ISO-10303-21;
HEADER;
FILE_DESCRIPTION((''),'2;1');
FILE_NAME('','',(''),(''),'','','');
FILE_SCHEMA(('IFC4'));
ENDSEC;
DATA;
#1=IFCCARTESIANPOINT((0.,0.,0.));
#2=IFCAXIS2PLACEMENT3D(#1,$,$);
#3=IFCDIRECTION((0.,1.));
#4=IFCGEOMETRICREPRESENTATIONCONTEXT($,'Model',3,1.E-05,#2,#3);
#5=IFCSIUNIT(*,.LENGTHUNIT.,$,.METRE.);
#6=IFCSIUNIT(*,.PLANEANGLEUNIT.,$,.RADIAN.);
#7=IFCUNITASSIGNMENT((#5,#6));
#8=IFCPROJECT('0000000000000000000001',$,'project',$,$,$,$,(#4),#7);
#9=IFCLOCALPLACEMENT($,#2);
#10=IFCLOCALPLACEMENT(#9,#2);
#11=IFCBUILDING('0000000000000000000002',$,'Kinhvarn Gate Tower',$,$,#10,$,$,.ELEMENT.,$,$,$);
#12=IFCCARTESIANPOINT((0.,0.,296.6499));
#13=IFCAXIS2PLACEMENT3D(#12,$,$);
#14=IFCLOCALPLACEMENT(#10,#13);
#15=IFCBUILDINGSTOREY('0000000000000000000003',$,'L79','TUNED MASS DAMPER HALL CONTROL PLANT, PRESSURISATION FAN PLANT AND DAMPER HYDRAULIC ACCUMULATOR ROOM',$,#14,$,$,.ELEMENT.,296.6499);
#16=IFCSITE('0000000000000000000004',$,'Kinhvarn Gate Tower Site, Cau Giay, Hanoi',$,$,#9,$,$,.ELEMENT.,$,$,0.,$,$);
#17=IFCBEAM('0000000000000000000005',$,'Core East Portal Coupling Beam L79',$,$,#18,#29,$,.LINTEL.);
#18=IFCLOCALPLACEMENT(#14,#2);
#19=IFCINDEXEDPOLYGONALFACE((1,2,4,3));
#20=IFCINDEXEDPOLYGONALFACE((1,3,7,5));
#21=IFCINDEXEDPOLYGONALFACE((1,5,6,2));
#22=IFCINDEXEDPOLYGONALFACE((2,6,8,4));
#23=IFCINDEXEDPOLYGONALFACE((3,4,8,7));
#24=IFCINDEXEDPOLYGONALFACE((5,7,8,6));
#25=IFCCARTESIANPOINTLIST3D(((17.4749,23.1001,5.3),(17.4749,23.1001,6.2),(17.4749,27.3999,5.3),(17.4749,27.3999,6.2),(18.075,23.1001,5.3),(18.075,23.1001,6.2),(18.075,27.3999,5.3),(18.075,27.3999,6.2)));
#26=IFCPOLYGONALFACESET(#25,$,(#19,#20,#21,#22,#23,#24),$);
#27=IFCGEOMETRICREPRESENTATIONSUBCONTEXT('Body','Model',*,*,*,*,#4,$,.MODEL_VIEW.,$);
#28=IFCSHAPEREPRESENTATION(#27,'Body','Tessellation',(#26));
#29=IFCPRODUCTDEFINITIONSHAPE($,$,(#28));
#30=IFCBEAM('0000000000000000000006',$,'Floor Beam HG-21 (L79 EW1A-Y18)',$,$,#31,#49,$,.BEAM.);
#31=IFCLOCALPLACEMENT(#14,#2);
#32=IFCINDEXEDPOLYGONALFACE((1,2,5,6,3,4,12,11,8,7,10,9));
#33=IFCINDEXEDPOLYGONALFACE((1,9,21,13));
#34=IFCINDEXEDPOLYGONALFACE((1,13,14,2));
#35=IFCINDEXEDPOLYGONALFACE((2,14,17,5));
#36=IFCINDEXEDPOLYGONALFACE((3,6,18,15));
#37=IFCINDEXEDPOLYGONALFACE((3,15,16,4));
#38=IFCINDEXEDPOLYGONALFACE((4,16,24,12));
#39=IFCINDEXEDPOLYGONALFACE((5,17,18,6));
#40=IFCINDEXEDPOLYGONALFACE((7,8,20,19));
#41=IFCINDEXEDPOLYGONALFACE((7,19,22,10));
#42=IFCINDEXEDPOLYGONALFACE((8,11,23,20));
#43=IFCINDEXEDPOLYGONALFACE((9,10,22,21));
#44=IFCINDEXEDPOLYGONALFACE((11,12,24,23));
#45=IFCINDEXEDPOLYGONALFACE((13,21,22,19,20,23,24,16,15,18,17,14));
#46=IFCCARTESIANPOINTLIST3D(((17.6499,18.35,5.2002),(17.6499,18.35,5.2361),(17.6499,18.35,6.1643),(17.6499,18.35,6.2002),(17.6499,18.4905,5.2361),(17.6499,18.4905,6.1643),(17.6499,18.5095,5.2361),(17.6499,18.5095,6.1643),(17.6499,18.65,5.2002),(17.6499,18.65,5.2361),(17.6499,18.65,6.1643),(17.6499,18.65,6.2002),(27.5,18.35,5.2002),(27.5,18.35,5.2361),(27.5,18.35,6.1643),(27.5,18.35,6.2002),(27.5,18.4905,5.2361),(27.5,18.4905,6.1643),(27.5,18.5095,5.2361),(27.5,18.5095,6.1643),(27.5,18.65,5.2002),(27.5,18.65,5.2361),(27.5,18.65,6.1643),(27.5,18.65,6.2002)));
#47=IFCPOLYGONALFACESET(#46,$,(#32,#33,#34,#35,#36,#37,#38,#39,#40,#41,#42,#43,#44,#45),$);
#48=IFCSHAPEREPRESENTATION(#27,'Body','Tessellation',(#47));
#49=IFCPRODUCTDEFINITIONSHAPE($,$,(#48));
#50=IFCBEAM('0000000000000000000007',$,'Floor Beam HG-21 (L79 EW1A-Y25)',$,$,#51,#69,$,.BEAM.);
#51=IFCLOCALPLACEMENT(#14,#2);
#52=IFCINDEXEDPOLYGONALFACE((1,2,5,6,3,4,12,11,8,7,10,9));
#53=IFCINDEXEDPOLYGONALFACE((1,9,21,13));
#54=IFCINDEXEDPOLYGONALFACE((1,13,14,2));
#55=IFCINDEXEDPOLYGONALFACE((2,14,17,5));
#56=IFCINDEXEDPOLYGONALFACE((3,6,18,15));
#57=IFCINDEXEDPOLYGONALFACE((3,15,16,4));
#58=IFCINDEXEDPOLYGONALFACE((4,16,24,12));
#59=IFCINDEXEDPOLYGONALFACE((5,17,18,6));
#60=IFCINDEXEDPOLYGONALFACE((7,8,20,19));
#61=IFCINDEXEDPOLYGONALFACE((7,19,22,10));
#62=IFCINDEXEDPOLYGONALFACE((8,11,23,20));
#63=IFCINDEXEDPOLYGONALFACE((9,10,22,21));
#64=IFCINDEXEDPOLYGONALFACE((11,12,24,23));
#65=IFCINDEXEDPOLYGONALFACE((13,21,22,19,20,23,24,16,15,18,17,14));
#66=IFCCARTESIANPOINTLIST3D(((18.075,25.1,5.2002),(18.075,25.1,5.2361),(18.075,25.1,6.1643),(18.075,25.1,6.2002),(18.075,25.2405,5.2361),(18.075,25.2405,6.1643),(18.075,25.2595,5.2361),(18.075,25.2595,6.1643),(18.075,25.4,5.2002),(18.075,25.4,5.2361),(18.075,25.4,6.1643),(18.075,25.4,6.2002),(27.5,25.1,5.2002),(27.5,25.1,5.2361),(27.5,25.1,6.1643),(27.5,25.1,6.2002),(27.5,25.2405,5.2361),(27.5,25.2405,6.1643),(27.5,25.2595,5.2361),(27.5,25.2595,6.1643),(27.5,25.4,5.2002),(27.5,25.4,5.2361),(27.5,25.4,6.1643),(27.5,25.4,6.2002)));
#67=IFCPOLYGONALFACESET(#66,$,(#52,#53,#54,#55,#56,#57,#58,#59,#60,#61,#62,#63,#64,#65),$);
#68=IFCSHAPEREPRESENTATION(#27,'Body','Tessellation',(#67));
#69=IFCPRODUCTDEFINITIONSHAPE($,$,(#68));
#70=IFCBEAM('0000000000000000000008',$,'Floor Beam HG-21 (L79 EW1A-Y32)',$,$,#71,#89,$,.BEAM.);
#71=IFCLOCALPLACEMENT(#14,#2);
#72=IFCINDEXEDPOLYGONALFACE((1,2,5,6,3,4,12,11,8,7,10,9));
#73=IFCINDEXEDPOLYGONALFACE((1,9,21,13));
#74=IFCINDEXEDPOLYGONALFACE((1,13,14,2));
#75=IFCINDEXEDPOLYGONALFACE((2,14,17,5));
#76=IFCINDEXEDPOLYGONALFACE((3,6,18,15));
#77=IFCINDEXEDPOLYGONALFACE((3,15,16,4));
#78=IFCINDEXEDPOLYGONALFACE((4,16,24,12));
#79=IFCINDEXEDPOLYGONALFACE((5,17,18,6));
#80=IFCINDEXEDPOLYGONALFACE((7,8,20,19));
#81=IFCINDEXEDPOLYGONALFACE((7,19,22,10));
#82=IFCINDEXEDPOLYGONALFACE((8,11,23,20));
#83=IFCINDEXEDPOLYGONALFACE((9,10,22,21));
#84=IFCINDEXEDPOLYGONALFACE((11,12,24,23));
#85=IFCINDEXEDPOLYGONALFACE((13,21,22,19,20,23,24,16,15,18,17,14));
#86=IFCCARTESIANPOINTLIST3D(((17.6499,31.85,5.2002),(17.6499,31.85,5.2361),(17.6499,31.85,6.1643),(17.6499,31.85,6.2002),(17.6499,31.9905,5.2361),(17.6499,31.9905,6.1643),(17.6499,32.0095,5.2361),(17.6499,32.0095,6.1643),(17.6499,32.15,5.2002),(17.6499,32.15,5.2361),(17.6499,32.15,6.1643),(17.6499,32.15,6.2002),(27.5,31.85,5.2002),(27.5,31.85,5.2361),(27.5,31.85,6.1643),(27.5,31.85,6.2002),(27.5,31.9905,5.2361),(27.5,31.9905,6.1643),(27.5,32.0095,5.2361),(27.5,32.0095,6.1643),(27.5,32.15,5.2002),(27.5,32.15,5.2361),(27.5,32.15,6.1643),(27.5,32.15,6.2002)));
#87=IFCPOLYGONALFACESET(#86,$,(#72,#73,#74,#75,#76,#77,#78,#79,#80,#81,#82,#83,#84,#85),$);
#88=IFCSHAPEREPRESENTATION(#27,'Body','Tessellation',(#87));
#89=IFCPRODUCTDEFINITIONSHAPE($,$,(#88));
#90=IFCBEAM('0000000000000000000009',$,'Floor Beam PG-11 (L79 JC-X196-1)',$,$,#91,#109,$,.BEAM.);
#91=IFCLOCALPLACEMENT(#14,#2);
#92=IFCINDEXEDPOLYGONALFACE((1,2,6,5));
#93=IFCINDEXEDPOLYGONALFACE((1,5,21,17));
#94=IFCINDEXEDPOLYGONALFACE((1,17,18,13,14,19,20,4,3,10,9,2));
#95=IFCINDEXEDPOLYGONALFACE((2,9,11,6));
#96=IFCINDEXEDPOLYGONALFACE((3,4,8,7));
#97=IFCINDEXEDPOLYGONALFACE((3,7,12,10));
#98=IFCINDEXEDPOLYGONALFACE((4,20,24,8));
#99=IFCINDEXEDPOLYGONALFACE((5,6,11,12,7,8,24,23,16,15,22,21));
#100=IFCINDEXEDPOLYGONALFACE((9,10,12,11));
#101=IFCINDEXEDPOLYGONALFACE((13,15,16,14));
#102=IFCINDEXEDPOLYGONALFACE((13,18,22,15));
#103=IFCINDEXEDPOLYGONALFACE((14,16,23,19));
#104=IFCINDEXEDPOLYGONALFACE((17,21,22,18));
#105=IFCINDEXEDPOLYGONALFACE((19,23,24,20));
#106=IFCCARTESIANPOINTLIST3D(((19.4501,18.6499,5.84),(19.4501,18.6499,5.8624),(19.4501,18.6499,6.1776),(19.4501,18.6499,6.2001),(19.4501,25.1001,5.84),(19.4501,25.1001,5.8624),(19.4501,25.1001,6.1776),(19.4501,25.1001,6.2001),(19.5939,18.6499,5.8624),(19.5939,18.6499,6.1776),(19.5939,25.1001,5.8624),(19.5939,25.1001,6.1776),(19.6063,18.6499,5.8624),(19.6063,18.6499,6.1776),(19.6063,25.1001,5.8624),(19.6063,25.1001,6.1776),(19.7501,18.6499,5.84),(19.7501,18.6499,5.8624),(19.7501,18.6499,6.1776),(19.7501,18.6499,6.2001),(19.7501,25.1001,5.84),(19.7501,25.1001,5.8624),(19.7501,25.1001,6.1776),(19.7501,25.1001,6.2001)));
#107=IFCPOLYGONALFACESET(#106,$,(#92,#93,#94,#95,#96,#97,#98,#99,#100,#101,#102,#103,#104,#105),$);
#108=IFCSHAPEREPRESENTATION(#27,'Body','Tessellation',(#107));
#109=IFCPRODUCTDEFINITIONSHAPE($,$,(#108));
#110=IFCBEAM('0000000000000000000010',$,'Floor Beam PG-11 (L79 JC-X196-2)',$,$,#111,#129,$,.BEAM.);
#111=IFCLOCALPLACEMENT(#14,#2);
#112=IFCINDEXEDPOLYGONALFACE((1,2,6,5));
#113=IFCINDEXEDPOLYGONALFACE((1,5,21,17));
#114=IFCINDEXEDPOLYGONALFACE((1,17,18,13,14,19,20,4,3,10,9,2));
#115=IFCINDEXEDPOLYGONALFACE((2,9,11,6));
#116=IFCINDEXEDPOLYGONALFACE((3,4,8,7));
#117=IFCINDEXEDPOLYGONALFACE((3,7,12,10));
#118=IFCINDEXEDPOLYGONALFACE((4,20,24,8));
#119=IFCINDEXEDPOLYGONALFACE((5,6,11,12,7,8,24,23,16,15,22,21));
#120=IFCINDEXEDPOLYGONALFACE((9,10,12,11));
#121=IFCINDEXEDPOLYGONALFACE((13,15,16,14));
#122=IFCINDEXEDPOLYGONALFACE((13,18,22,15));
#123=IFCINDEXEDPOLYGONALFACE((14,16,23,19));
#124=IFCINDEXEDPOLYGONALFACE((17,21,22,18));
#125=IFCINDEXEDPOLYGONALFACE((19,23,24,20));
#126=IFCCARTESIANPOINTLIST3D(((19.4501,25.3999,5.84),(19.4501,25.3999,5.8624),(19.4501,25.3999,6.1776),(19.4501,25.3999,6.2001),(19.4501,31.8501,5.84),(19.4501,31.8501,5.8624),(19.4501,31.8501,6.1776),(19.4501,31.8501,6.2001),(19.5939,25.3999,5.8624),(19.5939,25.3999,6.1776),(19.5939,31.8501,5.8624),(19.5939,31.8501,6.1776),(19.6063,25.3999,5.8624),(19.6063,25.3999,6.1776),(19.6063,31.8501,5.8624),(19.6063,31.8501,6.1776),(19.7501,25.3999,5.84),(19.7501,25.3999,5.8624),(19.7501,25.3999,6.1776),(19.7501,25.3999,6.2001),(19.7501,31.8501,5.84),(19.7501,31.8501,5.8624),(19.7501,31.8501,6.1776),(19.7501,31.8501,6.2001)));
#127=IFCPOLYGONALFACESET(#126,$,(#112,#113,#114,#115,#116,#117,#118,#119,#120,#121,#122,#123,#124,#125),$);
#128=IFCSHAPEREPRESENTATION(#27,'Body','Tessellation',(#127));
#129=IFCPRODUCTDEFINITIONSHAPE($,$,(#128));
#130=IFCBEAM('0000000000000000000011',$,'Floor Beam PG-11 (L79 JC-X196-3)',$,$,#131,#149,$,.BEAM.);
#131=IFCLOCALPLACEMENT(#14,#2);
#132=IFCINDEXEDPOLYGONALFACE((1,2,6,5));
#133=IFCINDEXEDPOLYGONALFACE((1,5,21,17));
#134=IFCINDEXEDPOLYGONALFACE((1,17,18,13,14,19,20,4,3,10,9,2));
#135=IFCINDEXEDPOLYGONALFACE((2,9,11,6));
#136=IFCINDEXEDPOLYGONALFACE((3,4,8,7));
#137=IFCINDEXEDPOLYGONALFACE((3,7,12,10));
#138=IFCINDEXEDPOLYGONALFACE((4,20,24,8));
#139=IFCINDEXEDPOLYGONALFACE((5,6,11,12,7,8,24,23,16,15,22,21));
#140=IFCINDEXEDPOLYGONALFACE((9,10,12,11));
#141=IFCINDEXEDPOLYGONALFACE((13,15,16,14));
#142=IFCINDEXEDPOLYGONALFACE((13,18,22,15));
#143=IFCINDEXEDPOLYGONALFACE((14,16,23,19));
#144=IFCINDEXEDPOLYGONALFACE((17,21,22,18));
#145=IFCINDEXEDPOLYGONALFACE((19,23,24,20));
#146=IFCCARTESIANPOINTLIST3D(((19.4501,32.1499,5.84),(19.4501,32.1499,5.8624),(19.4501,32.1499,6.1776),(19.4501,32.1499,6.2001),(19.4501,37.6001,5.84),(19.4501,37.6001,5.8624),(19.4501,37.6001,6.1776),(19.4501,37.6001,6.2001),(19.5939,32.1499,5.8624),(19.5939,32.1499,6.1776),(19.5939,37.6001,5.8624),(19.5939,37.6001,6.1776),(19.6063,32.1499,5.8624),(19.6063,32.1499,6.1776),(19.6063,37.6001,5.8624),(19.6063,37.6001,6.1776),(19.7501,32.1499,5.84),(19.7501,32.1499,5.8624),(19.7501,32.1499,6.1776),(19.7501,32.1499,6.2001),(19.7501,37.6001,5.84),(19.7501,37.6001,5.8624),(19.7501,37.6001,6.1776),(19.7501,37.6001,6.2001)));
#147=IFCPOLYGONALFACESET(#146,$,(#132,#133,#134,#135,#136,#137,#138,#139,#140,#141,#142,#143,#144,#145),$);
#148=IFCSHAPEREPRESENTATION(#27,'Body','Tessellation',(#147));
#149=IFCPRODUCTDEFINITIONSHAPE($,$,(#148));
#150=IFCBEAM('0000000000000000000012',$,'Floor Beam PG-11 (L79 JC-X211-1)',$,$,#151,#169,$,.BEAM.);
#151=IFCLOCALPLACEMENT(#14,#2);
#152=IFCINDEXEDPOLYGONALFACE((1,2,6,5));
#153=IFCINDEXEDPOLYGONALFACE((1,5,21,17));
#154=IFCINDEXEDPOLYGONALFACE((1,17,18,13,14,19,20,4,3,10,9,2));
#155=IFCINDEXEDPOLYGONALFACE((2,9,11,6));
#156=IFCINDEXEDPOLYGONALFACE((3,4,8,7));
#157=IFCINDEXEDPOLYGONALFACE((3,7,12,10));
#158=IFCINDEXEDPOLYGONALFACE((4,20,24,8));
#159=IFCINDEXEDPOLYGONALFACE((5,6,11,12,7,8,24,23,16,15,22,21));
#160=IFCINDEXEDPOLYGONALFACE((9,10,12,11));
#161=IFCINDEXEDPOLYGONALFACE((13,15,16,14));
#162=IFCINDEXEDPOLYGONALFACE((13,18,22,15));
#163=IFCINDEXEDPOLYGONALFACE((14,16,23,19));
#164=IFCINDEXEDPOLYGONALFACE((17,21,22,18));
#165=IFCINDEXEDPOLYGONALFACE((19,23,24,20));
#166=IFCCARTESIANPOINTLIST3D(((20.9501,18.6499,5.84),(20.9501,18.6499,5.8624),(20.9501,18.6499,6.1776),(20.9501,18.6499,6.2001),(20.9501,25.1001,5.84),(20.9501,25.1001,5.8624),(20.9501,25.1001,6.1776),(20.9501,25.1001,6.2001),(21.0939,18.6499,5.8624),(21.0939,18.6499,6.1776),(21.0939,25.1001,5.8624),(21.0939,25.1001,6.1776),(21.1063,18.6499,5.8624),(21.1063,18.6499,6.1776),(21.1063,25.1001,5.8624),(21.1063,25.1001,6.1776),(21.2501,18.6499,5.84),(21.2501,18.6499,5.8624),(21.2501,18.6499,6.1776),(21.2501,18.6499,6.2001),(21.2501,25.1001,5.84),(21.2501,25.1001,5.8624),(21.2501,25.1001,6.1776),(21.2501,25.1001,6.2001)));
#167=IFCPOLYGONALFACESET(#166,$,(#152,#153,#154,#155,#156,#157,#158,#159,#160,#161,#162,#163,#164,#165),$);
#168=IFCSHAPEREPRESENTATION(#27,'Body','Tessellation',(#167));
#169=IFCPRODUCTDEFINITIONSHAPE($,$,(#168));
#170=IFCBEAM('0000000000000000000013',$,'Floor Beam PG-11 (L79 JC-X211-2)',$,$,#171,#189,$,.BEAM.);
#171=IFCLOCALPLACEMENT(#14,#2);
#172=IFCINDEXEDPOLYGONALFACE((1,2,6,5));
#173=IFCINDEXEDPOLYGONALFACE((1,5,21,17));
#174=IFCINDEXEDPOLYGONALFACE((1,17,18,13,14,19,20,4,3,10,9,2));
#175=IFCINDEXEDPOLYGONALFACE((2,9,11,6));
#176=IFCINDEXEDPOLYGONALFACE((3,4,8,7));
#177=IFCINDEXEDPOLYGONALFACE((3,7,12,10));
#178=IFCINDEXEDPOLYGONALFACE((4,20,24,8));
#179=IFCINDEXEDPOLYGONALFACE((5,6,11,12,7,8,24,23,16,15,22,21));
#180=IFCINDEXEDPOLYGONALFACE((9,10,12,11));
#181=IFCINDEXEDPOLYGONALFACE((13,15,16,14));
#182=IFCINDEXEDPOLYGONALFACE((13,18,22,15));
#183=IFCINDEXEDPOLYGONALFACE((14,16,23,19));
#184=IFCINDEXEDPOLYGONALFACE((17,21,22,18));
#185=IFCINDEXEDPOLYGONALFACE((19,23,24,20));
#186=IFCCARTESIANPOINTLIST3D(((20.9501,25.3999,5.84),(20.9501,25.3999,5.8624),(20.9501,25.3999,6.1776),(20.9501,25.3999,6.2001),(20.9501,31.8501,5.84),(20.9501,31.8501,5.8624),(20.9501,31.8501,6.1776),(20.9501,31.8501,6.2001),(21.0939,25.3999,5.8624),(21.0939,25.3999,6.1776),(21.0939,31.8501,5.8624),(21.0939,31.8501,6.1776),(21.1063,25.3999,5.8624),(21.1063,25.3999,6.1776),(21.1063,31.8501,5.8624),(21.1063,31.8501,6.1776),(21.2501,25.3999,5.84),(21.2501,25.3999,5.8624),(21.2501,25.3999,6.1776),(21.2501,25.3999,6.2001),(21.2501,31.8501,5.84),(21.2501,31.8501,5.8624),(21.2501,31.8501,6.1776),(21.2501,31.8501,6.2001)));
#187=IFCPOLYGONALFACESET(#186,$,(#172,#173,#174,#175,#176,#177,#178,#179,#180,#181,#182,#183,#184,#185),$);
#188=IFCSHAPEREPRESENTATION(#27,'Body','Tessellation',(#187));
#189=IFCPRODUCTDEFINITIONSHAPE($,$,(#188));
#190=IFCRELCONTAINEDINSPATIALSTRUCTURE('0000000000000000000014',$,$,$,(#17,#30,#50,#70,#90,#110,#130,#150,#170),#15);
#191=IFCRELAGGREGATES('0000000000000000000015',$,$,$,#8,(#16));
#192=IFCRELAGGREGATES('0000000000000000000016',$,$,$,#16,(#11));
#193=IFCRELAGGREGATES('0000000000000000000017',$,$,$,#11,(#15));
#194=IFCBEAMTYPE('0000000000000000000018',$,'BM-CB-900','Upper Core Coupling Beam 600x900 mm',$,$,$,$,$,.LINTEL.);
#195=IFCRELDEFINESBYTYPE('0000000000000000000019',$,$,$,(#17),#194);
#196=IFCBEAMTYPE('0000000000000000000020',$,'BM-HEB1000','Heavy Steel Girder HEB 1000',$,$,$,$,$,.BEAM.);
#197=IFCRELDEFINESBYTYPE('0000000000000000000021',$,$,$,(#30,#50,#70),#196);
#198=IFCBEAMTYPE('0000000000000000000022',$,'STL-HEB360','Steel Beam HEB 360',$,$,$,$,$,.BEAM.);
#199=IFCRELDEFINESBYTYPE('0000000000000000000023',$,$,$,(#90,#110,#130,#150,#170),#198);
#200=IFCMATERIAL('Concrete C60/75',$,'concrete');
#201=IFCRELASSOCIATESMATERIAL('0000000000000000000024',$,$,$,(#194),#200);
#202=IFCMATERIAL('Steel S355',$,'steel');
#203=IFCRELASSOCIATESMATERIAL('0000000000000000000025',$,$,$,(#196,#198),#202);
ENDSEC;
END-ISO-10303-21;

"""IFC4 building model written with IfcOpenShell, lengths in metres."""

from ifc_helpers import new_model, si_unit, direction, frame, origin, origin_2d, place, context, subcontext, project, spatial, rectangle, i_section, extrude, material, material_profile, profile_set, type_object, element, save


model = new_model("IFC4")

# Units and contexts
model_context = context("Model", 3, precision=1e-05, world=origin(), true_north=direction((0.0, 1.0)))
body_context = subcontext(model_context, "Body", "Model", "MODEL_VIEW")
ifc_project = project(units=[si_unit("LENGTHUNIT", "METRE"), si_unit("PLANEANGLEUNIT", "RADIAN")], contexts=[model_context])

# Site, building, storey
site_placement = place(None, origin())
site = spatial("IfcSite", under=ifc_project, at=site_placement, Name="Kinhvarn Gate Tower Site, Cau Giay, Hanoi", CompositionType="ELEMENT", RefElevation=0.0)
building_placement = place(site_placement, origin())
building = spatial("IfcBuilding", under=site, at=building_placement, Name="Kinhvarn Gate Tower", CompositionType="ELEMENT")
storey_placement = place(building_placement, frame((0.0, 0.0, 296.6499)))
storey = spatial("IfcBuildingStorey", under=building, at=storey_placement, Name="L79", Description="TUNED MASS DAMPER HALL CONTROL PLANT, PRESSURISATION FAN PLANT AND DAMPER HYDRAULIC ACCUMULATOR ROOM", CompositionType="ELEMENT", Elevation=296.6499)

# Beams
ifc_material_1 = material(Name="Concrete C60/75", Category="concrete")
ifc_material_profile_1 = material_profile(ifc_material_1, rectangle(XDim=0.6001, YDim=0.8999, at=origin_2d()), Name="RC 600x900")
ifc_profile_set_1 = profile_set([ifc_material_profile_1], Name="Concrete C60/75")
beam_type_1 = type_object("IfcBeamType", Name="BM-CB-900", Description="Upper Core Coupling Beam 600x900 mm", PredefinedType="LINTEL", material=ifc_profile_set_1)
beam_1_placement = place(storey_placement, frame((17.7749, 23.1001, 5.75), z_axis=(0.0, 1.0, 0.0), x_axis=(-1.0, 0.0, 0.0)))
element("IfcBeam", 1, at=beam_1_placement, inside=storey, type_object=beam_type_1, Name="Core East Portal Coupling Beam L79", PredefinedType="LINTEL", context=body_context, shape_type="SweptSolid", body=[
    extrude(rectangle(XDim=0.6001, YDim=0.8999, at=origin_2d()), origin(), (0.0, 0.0, 1.0), 4.2998),
])
ifc_material_2 = material(Name="Steel S355", Category="steel")
ifc_material_profile_2 = material_profile(ifc_material_2, i_section(OverallWidth=0.3, OverallDepth=1.0, WebThickness=0.019, FlangeThickness=0.0359, at=origin_2d()), Name="HEB 1000")
ifc_profile_set_2 = profile_set([ifc_material_profile_2], Name="Steel S355")
beam_type_2 = type_object("IfcBeamType", Name="BM-HEB1000", Description="Heavy Steel Girder HEB 1000", PredefinedType="BEAM", material=ifc_profile_set_2)
beam_2_placement = place(storey_placement, frame((17.6499, 18.5, 5.7002), z_axis=(1.0, 0.0, 0.0), x_axis=(0.0, 1.0, 0.0)))
element("IfcBeam", 2, at=beam_2_placement, inside=storey, type_object=beam_type_2, Name="Floor Beam HG-21 (L79 EW1A-Y18)", PredefinedType="BEAM", context=body_context, shape_type="SweptSolid", body=[
    extrude(i_section(OverallWidth=0.3, OverallDepth=1.0, WebThickness=0.019, FlangeThickness=0.0359, at=origin_2d()), origin(), (0.0, 0.0, 1.0), 9.8501),
])
beam_3_placement = place(storey_placement, frame((18.075, 25.25, 5.7002), z_axis=(1.0, 0.0, 0.0), x_axis=(0.0, 1.0, 0.0)))
element("IfcBeam", 3, at=beam_3_placement, inside=storey, type_object=beam_type_2, Name="Floor Beam HG-21 (L79 EW1A-Y25)", PredefinedType="BEAM", context=body_context, shape_type="SweptSolid", body=[
    extrude(i_section(OverallWidth=0.3, OverallDepth=1.0, WebThickness=0.019, FlangeThickness=0.0359, at=origin_2d()), origin(), (0.0, 0.0, 1.0), 9.425),
])
beam_4_placement = place(storey_placement, frame((17.6499, 32.0, 5.7002), z_axis=(1.0, 0.0, 0.0), x_axis=(0.0, 1.0, 0.0)))
element("IfcBeam", 4, at=beam_4_placement, inside=storey, type_object=beam_type_2, Name="Floor Beam HG-21 (L79 EW1A-Y32)", PredefinedType="BEAM", context=body_context, shape_type="SweptSolid", body=[
    extrude(i_section(OverallWidth=0.3, OverallDepth=1.0, WebThickness=0.019, FlangeThickness=0.0359, at=origin_2d()), origin(), (0.0, 0.0, 1.0), 9.8501),
])
ifc_material_profile_3 = material_profile(ifc_material_2, i_section(OverallWidth=0.3, OverallDepth=0.3601, WebThickness=0.0125, FlangeThickness=0.0225, at=origin_2d()), Name="HEB 360")
ifc_profile_set_3 = profile_set([ifc_material_profile_3], Name="Steel S355")
beam_type_3 = type_object("IfcBeamType", Name="STL-HEB360", Description="Steel Beam HEB 360", PredefinedType="BEAM", material=ifc_profile_set_3)
for number, where, z_axis, x_axis, name in (
    (5, (19.6001, 18.6499, 6.02), (0.0, 1.0, 0.0), (-1.0, 0.0, 0.0), "Floor Beam PG-11 (L79 JC-X196-1)"),
    (6, (19.6001, 25.3999, 6.02), (0.0, 1.0, 0.0), (-1.0, 0.0, 0.0), "Floor Beam PG-11 (L79 JC-X196-2)"),
):
    element("IfcBeam", number, at=place(storey_placement, frame(where, z_axis=z_axis, x_axis=x_axis)), inside=storey, type_object=beam_type_3, Name=name, PredefinedType="BEAM", context=body_context, shape_type="SweptSolid", body=[
        extrude(i_section(OverallWidth=0.3, OverallDepth=0.3601, WebThickness=0.0125, FlangeThickness=0.0225, at=origin_2d()), origin(), (0.0, 0.0, 1.0), 6.4502),
    ])
beam_5_placement = place(storey_placement, frame((19.6001, 32.1499, 6.02), z_axis=(0.0, 1.0, 0.0), x_axis=(-1.0, 0.0, 0.0)))
element("IfcBeam", 7, at=beam_5_placement, inside=storey, type_object=beam_type_3, Name="Floor Beam PG-11 (L79 JC-X196-3)", PredefinedType="BEAM", context=body_context, shape_type="SweptSolid", body=[
    extrude(i_section(OverallWidth=0.3, OverallDepth=0.3601, WebThickness=0.0125, FlangeThickness=0.0225, at=origin_2d()), origin(), (0.0, 0.0, 1.0), 5.4502),
])
for number, where, z_axis, x_axis, name in (
    (8, (21.1001, 18.6499, 6.02), (0.0, 1.0, 0.0), (-1.0, 0.0, 0.0), "Floor Beam PG-11 (L79 JC-X211-1)"),
    (9, (21.1001, 25.3999, 6.02), (0.0, 1.0, 0.0), (-1.0, 0.0, 0.0), "Floor Beam PG-11 (L79 JC-X211-2)"),
):
    element("IfcBeam", number, at=place(storey_placement, frame(where, z_axis=z_axis, x_axis=x_axis)), inside=storey, type_object=beam_type_3, Name=name, PredefinedType="BEAM", context=body_context, shape_type="SweptSolid", body=[
        extrude(i_section(OverallWidth=0.3, OverallDepth=0.3601, WebThickness=0.0125, FlangeThickness=0.0225, at=origin_2d()), origin(), (0.0, 0.0, 1.0), 6.4502),
    ])

save(model, "model.ifc")
